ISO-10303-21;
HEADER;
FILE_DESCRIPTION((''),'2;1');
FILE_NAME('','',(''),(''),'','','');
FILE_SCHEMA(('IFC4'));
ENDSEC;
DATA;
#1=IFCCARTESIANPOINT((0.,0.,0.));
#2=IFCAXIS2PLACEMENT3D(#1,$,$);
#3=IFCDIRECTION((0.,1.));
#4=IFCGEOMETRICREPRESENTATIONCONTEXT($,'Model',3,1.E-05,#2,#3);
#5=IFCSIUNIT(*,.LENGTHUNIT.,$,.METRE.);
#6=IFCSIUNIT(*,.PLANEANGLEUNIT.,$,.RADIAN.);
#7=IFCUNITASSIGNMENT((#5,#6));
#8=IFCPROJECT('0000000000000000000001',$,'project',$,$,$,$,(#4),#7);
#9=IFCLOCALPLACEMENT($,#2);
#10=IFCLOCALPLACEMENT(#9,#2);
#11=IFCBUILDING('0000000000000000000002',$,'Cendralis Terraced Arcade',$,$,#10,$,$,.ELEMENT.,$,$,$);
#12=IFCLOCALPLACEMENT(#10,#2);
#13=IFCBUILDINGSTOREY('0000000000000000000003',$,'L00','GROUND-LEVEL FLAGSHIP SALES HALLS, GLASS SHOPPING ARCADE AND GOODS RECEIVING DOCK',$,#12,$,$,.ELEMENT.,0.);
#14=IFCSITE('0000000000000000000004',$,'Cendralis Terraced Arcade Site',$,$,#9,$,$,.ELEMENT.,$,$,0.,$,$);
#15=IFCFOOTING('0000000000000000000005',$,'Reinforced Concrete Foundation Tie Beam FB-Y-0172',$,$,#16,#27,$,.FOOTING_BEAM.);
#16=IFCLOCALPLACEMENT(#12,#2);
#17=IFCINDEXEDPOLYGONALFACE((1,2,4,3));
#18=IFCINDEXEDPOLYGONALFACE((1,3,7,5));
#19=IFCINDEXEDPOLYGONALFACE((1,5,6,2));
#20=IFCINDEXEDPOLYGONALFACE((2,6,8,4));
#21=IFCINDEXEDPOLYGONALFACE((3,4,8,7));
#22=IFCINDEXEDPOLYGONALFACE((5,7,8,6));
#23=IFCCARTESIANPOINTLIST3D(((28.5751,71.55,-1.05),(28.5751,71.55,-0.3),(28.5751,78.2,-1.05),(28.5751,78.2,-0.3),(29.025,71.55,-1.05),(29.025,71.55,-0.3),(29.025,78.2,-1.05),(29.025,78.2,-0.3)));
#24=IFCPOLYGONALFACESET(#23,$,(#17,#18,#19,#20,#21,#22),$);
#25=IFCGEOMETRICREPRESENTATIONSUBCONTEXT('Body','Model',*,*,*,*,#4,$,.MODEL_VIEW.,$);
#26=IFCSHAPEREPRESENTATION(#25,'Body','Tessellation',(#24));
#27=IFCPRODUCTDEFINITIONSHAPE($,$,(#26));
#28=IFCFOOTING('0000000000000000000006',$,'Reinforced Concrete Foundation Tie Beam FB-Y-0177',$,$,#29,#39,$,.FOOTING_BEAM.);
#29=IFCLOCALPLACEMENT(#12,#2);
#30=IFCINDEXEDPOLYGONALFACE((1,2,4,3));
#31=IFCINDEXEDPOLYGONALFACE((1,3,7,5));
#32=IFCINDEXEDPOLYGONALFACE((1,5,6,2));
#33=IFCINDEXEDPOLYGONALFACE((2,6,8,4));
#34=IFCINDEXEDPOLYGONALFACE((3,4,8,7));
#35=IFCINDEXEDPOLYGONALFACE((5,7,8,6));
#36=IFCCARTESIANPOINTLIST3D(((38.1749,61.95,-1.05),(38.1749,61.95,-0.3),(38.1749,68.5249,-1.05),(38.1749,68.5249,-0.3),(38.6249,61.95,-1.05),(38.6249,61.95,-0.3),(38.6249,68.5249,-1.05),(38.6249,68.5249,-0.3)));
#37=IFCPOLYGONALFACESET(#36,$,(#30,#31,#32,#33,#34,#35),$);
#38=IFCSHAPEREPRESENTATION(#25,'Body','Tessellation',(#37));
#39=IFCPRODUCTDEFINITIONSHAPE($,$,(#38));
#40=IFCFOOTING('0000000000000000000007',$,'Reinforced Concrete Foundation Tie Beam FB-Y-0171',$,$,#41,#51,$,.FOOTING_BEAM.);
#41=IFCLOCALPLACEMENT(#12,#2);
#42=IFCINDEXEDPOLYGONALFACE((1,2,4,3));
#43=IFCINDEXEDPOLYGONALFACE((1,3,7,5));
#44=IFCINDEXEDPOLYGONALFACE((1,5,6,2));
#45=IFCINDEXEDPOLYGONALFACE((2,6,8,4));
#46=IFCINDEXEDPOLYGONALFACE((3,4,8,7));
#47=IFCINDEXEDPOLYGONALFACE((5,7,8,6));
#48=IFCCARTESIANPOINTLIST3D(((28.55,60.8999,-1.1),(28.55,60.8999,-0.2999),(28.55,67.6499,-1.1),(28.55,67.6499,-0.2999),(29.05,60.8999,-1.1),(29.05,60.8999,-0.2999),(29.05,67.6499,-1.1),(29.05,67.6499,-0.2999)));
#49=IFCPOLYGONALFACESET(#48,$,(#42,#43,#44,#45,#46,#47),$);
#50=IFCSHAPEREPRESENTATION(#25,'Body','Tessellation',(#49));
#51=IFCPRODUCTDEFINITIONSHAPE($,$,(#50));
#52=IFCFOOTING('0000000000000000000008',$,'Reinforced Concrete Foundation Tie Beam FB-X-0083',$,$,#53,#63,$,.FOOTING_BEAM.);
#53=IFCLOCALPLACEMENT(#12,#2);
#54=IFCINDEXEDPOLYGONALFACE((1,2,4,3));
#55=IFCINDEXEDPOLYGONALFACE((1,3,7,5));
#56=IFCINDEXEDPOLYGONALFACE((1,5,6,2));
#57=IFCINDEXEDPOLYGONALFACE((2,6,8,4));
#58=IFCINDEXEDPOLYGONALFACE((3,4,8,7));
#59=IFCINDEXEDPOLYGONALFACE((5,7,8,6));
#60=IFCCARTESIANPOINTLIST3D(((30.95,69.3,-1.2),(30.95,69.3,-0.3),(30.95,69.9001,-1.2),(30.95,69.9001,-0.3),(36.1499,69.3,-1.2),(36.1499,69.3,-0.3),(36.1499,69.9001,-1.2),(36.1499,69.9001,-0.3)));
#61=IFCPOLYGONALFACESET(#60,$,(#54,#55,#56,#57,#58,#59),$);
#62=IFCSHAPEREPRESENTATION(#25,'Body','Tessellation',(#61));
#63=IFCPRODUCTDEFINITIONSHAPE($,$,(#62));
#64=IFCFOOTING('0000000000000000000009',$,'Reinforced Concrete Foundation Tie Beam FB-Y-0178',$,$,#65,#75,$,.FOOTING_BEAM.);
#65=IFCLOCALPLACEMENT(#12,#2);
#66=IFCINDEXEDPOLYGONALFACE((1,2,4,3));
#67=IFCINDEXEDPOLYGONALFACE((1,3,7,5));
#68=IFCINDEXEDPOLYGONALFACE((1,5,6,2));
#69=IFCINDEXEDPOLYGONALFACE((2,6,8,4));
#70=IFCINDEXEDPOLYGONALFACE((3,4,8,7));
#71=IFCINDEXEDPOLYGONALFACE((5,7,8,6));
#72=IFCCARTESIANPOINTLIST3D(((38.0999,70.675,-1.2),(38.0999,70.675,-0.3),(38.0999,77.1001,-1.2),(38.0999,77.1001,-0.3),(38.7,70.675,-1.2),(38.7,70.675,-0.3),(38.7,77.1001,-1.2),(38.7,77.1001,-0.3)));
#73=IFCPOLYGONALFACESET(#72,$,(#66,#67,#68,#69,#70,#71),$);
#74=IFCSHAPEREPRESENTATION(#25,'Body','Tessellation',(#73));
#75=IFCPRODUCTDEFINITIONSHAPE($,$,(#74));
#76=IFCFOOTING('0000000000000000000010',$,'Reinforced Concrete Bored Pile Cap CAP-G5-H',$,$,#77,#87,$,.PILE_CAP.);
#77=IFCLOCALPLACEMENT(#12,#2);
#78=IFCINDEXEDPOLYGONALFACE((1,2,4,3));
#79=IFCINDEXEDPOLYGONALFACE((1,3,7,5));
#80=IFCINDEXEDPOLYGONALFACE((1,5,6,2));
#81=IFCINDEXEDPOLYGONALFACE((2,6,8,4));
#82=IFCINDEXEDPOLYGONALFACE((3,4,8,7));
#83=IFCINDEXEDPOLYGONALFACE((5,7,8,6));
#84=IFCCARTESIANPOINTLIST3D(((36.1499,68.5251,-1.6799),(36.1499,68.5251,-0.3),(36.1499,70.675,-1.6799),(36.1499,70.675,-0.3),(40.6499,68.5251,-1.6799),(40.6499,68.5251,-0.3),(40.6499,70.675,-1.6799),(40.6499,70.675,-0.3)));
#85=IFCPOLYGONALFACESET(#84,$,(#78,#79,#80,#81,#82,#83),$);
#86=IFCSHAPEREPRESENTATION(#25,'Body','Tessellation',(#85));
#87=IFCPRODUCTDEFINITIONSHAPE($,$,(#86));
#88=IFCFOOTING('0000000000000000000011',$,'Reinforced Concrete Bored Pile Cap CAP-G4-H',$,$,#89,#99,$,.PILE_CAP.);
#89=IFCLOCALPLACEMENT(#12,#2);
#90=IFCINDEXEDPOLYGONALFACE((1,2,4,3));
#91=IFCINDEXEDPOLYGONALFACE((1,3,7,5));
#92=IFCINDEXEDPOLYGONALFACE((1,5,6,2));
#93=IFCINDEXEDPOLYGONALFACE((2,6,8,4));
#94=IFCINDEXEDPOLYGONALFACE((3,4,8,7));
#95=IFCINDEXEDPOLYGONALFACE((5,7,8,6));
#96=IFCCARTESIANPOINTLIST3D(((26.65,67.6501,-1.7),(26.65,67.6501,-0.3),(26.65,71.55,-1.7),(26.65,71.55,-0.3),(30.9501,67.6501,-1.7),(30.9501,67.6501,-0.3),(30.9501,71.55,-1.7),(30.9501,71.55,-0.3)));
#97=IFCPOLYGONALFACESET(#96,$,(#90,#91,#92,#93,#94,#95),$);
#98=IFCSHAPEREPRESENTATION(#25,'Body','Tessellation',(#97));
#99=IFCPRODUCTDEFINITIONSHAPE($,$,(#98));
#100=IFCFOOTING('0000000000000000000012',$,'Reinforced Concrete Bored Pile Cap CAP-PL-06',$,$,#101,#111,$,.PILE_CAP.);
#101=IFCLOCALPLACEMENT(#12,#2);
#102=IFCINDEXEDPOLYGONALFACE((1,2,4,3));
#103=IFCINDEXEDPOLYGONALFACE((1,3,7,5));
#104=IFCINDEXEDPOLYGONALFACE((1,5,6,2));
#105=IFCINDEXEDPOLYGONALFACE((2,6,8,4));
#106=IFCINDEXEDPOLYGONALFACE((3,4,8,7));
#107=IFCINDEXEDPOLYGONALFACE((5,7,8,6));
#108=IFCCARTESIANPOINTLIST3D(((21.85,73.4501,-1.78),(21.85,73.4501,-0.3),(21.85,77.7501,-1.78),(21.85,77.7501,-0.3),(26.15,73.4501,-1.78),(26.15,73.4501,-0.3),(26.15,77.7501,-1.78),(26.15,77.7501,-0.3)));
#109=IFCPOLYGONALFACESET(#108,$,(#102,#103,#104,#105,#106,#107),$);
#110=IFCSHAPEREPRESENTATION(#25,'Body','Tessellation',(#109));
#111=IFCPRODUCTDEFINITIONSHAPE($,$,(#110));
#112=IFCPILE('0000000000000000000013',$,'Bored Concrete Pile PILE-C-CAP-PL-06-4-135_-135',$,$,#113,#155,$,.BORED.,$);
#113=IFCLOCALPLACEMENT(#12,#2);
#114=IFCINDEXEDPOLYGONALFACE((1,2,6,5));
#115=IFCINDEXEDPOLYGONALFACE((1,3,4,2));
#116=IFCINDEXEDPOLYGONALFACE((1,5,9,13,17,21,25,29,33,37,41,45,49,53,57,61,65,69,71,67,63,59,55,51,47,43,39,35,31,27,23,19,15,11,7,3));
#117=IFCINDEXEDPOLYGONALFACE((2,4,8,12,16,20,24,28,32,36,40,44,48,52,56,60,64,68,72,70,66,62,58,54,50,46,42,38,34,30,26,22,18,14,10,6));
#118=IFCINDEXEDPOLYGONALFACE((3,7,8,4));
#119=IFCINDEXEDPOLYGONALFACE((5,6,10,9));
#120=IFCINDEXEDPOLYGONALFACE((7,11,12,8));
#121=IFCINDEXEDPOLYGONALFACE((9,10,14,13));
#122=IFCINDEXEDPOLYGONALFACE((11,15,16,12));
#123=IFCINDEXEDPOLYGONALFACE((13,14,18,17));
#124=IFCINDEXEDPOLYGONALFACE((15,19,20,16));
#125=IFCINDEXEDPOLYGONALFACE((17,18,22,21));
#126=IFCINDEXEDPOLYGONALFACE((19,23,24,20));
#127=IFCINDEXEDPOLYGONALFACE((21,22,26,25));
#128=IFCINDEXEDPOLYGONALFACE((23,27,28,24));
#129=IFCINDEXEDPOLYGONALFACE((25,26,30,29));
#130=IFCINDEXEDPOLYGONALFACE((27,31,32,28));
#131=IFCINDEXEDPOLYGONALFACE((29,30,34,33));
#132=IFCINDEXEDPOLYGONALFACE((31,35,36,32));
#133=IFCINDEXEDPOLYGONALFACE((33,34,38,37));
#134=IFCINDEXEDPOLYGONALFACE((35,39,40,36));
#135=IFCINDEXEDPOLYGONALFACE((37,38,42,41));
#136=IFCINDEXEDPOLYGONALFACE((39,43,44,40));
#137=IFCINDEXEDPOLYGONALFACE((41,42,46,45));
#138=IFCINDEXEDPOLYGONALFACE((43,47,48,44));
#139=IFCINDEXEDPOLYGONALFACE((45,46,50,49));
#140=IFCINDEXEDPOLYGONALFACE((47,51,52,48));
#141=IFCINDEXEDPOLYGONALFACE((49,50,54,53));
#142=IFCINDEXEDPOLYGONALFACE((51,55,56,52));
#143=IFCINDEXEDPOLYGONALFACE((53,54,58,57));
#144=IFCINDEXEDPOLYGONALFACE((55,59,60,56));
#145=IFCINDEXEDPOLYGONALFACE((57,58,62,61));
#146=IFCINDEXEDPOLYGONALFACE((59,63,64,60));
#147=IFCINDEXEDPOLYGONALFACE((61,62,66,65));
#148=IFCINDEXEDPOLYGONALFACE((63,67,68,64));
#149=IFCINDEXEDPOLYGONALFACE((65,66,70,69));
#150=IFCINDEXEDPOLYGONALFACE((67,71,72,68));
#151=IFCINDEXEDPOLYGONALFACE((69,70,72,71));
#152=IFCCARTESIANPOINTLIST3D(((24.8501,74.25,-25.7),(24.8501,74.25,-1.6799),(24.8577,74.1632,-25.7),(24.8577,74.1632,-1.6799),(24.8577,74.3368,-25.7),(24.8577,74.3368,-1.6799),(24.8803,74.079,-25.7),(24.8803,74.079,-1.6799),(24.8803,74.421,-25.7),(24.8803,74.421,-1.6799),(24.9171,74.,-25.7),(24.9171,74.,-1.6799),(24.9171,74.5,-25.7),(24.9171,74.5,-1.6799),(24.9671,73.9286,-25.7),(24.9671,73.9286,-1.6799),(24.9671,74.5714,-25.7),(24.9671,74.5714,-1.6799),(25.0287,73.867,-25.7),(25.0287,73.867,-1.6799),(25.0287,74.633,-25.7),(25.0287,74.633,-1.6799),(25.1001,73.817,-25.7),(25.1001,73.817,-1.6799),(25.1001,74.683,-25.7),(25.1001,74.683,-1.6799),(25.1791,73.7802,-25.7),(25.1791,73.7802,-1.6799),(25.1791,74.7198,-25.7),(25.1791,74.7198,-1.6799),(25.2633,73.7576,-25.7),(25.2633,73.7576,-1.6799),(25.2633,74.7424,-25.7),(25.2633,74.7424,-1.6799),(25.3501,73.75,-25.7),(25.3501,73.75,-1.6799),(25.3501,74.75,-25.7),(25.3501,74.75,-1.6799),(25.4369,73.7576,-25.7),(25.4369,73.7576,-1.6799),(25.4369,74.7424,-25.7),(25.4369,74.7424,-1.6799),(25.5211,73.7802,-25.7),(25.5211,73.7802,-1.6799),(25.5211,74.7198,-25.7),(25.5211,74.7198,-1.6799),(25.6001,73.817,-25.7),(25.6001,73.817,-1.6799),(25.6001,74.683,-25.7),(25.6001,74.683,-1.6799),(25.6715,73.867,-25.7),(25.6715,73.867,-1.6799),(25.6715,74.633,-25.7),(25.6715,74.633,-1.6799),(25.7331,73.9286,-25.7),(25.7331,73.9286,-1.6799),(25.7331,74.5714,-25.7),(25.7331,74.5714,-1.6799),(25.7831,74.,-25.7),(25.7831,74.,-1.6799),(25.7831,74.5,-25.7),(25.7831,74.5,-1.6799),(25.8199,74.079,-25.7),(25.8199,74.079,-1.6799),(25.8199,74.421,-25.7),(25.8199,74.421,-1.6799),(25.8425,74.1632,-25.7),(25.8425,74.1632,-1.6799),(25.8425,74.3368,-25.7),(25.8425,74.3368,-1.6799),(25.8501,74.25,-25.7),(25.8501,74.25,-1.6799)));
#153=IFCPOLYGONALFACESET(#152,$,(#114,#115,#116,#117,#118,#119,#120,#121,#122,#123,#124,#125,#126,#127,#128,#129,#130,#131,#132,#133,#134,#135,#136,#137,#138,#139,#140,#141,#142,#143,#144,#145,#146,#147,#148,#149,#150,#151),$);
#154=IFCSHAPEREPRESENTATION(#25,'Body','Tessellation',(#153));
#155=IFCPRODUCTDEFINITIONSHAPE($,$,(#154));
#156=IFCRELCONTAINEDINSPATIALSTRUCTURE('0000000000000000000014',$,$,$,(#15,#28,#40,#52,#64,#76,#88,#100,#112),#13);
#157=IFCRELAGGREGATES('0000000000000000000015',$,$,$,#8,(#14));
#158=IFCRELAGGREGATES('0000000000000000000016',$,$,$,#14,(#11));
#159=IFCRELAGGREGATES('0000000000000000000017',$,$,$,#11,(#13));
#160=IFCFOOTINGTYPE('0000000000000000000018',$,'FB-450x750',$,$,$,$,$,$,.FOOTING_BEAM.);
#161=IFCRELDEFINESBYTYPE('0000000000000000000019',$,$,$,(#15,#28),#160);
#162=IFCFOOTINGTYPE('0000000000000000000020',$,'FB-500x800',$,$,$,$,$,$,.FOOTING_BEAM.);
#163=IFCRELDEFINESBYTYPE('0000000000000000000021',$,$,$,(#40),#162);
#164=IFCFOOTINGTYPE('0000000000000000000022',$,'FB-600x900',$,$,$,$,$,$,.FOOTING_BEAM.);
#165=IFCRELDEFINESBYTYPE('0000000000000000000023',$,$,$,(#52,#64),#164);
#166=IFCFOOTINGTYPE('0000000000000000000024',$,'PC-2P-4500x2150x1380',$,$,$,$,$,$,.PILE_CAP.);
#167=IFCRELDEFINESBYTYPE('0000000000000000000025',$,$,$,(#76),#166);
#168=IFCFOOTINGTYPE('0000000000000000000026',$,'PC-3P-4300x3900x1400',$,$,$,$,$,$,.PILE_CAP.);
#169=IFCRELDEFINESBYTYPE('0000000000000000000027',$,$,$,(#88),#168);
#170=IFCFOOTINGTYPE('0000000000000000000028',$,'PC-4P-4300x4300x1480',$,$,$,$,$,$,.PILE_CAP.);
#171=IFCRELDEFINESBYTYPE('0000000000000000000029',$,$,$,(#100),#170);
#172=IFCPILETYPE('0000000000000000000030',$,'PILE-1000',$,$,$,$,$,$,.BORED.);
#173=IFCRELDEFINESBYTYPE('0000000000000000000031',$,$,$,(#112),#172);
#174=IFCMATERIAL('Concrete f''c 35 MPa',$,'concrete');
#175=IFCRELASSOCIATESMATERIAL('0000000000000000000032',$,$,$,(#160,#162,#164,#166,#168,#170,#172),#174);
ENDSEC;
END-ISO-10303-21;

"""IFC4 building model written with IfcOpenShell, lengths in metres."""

from ifc_helpers import new_model, si_unit, direction, frame, origin, origin_2d, place, context, subcontext, project, spatial, rectangle, circle, extrude, material, material_profile, profile_set, type_object, element, save


model = new_model("IFC4")

# Units and contexts
model_context = context("Model", 3, precision=1e-05, world=origin(), true_north=direction((0.0, 1.0)))
body_context = subcontext(model_context, "Body", "Model", "MODEL_VIEW")
ifc_project = project(units=[si_unit("LENGTHUNIT", "METRE"), si_unit("PLANEANGLEUNIT", "RADIAN")], contexts=[model_context])

# Site, building, storey
site_placement = place(None, origin())
site = spatial("IfcSite", under=ifc_project, at=site_placement, Name="Cendralis Terraced Arcade Site", CompositionType="ELEMENT", RefElevation=0.0)
building_placement = place(site_placement, origin())
building = spatial("IfcBuilding", under=site, at=building_placement, Name="Cendralis Terraced Arcade", CompositionType="ELEMENT")
storey_placement = place(building_placement, origin())
storey = spatial("IfcBuildingStorey", under=building, at=storey_placement, Name="L00", Description="GROUND-LEVEL FLAGSHIP SALES HALLS, GLASS SHOPPING ARCADE AND GOODS RECEIVING DOCK", CompositionType="ELEMENT", Elevation=0.0)

# Footings
ifc_material_1 = material(Name="Concrete f'c 35 MPa", Category="concrete")
ifc_material_profile_1 = material_profile(ifc_material_1, rectangle(XDim=0.45, YDim=0.75, at=origin_2d()), Name="FB-450x750", Category="LoadBearing")
ifc_profile_set_1 = profile_set([ifc_material_profile_1], Name="Concrete f'c 35 MPa")
footing_type_1 = type_object("IfcFootingType", Name="FB-450x750", PredefinedType="FOOTING_BEAM", material=ifc_profile_set_1)
footing_1_placement = place(storey_placement, frame((28.8, 71.55, -0.675), z_axis=(0.0, 1.0, 0.0), x_axis=(-1.0, 0.0, 0.0)))
element("IfcFooting", 1, at=footing_1_placement, inside=storey, type_object=footing_type_1, Name="Reinforced Concrete Foundation Tie Beam FB-Y-0172", PredefinedType="FOOTING_BEAM", context=body_context, shape_type="SweptSolid", body=[
    extrude(rectangle(XDim=0.45, YDim=0.75, at=origin_2d()), origin(), (0.0, 0.0, 1.0), 6.6499),
])
footing_2_placement = place(storey_placement, frame((38.3999, 61.95, -0.675), z_axis=(0.0, 1.0, 0.0), x_axis=(-1.0, 0.0, 0.0)))
element("IfcFooting", 2, at=footing_2_placement, inside=storey, type_object=footing_type_1, Name="Reinforced Concrete Foundation Tie Beam FB-Y-0177", PredefinedType="FOOTING_BEAM", context=body_context, shape_type="SweptSolid", body=[
    extrude(rectangle(XDim=0.45, YDim=0.75, at=origin_2d()), origin(), (0.0, 0.0, 1.0), 6.575),
])
ifc_material_profile_2 = material_profile(ifc_material_1, rectangle(XDim=0.5, YDim=0.8, at=origin_2d()), Name="FB-500x800", Category="LoadBearing")
ifc_profile_set_2 = profile_set([ifc_material_profile_2], Name="Concrete f'c 35 MPa")
footing_type_2 = type_object("IfcFootingType", Name="FB-500x800", PredefinedType="FOOTING_BEAM", material=ifc_profile_set_2)
footing_3_placement = place(storey_placement, frame((28.8, 60.8999, -0.7), z_axis=(0.0, 1.0, 0.0), x_axis=(-1.0, 0.0, 0.0)))
element("IfcFooting", 3, at=footing_3_placement, inside=storey, type_object=footing_type_2, Name="Reinforced Concrete Foundation Tie Beam FB-Y-0171", PredefinedType="FOOTING_BEAM", context=body_context, shape_type="SweptSolid", body=[
    extrude(rectangle(XDim=0.5, YDim=0.8, at=origin_2d()), origin(), (0.0, 0.0, 1.0), 6.75),
])
ifc_material_profile_3 = material_profile(ifc_material_1, rectangle(XDim=0.6001, YDim=0.8999, at=origin_2d()), Name="FB-600x900", Category="LoadBearing")
ifc_profile_set_3 = profile_set([ifc_material_profile_3], Name="Concrete f'c 35 MPa")
footing_type_3 = type_object("IfcFootingType", Name="FB-600x900", PredefinedType="FOOTING_BEAM", material=ifc_profile_set_3)
footing_4_placement = place(storey_placement, frame((30.95, 69.6001, -0.75), z_axis=(1.0, 0.0, 0.0), x_axis=(0.0, 1.0, 0.0)))
element("IfcFooting", 4, at=footing_4_placement, inside=storey, type_object=footing_type_3, Name="Reinforced Concrete Foundation Tie Beam FB-X-0083", PredefinedType="FOOTING_BEAM", context=body_context, shape_type="SweptSolid", body=[
    extrude(rectangle(XDim=0.6001, YDim=0.8999, at=origin_2d()), origin(), (0.0, 0.0, 1.0), 5.2),
])
footing_5_placement = place(storey_placement, frame((38.3999, 70.675, -0.75), z_axis=(0.0, 1.0, 0.0), x_axis=(-1.0, 0.0, 0.0)))
element("IfcFooting", 5, at=footing_5_placement, inside=storey, type_object=footing_type_3, Name="Reinforced Concrete Foundation Tie Beam FB-Y-0178", PredefinedType="FOOTING_BEAM", context=body_context, shape_type="SweptSolid", body=[
    extrude(rectangle(XDim=0.6001, YDim=0.8999, at=origin_2d()), origin(), (0.0, 0.0, 1.0), 6.425),
])
footing_type_4 = type_object("IfcFootingType", Name="PC-2P-4500x2150x1380", PredefinedType="PILE_CAP", material=ifc_material_1)
footing_6_placement = place(storey_placement, frame((38.3999, 69.6001, -1.6799), z_axis=(0.0, 0.0, 1.0), x_axis=(1.0, 0.0, 0.0)))
element("IfcFooting", 6, at=footing_6_placement, inside=storey, type_object=footing_type_4, Name="Reinforced Concrete Bored Pile Cap CAP-G5-H", PredefinedType="PILE_CAP", context=body_context, shape_type="SweptSolid", body=[
    extrude(rectangle(XDim=4.5, YDim=2.1499, at=origin_2d()), origin(), (0.0, 0.0, 1.0), 1.3799),
])
footing_type_5 = type_object("IfcFootingType", Name="PC-3P-4300x3900x1400", PredefinedType="PILE_CAP", material=ifc_material_1)
footing_7_placement = place(storey_placement, frame((28.8, 69.6001, -1.7), z_axis=(0.0, 0.0, 1.0), x_axis=(1.0, 0.0, 0.0)))
element("IfcFooting", 7, at=footing_7_placement, inside=storey, type_object=footing_type_5, Name="Reinforced Concrete Bored Pile Cap CAP-G4-H", PredefinedType="PILE_CAP", context=body_context, shape_type="SweptSolid", body=[
    extrude(rectangle(XDim=4.3, YDim=3.8999, at=origin_2d()), origin(), (0.0, 0.0, 1.0), 1.3999),
])
footing_type_6 = type_object("IfcFootingType", Name="PC-4P-4300x4300x1480", PredefinedType="PILE_CAP", material=ifc_material_1)
footing_8_placement = place(storey_placement, frame((24.0, 75.6001, -1.78), z_axis=(0.0, 0.0, 1.0), x_axis=(1.0, 0.0, 0.0)))
element("IfcFooting", 8, at=footing_8_placement, inside=storey, type_object=footing_type_6, Name="Reinforced Concrete Bored Pile Cap CAP-PL-06", PredefinedType="PILE_CAP", context=body_context, shape_type="SweptSolid", body=[
    extrude(rectangle(XDim=4.3, YDim=4.3, at=origin_2d()), origin(), (0.0, 0.0, 1.0), 1.48),
])

# Pile
ifc_material_profile_4 = material_profile(ifc_material_1, circle(Radius=0.5, at=origin_2d()), Name="PILE-D1000", Category="LoadBearing")
ifc_profile_set_4 = profile_set([ifc_material_profile_4], Name="Concrete f'c 35 MPa")
pile_type_1 = type_object("IfcPileType", Name="PILE-1000", PredefinedType="BORED", material=ifc_profile_set_4)
for number, where, z_axis, x_axis, name in (
    (9, (25.3501, 74.25, -1.6799), (0.0, 0.0, -1.0), (1.0, 0.0, 0.0), "Bored Concrete Pile PILE-C-CAP-PL-06-4-135_-135"),
):
    element("IfcPile", number, at=place(storey_placement, frame(where, z_axis=z_axis, x_axis=x_axis)), inside=storey, type_object=pile_type_1, Name=name, PredefinedType="BORED", context=body_context, shape_type="SweptSolid", body=[
        extrude(circle(Radius=0.5, at=origin_2d()), origin(), (0.0, 0.0, 1.0), 24.02),
    ])

save(model, "model.ifc")
